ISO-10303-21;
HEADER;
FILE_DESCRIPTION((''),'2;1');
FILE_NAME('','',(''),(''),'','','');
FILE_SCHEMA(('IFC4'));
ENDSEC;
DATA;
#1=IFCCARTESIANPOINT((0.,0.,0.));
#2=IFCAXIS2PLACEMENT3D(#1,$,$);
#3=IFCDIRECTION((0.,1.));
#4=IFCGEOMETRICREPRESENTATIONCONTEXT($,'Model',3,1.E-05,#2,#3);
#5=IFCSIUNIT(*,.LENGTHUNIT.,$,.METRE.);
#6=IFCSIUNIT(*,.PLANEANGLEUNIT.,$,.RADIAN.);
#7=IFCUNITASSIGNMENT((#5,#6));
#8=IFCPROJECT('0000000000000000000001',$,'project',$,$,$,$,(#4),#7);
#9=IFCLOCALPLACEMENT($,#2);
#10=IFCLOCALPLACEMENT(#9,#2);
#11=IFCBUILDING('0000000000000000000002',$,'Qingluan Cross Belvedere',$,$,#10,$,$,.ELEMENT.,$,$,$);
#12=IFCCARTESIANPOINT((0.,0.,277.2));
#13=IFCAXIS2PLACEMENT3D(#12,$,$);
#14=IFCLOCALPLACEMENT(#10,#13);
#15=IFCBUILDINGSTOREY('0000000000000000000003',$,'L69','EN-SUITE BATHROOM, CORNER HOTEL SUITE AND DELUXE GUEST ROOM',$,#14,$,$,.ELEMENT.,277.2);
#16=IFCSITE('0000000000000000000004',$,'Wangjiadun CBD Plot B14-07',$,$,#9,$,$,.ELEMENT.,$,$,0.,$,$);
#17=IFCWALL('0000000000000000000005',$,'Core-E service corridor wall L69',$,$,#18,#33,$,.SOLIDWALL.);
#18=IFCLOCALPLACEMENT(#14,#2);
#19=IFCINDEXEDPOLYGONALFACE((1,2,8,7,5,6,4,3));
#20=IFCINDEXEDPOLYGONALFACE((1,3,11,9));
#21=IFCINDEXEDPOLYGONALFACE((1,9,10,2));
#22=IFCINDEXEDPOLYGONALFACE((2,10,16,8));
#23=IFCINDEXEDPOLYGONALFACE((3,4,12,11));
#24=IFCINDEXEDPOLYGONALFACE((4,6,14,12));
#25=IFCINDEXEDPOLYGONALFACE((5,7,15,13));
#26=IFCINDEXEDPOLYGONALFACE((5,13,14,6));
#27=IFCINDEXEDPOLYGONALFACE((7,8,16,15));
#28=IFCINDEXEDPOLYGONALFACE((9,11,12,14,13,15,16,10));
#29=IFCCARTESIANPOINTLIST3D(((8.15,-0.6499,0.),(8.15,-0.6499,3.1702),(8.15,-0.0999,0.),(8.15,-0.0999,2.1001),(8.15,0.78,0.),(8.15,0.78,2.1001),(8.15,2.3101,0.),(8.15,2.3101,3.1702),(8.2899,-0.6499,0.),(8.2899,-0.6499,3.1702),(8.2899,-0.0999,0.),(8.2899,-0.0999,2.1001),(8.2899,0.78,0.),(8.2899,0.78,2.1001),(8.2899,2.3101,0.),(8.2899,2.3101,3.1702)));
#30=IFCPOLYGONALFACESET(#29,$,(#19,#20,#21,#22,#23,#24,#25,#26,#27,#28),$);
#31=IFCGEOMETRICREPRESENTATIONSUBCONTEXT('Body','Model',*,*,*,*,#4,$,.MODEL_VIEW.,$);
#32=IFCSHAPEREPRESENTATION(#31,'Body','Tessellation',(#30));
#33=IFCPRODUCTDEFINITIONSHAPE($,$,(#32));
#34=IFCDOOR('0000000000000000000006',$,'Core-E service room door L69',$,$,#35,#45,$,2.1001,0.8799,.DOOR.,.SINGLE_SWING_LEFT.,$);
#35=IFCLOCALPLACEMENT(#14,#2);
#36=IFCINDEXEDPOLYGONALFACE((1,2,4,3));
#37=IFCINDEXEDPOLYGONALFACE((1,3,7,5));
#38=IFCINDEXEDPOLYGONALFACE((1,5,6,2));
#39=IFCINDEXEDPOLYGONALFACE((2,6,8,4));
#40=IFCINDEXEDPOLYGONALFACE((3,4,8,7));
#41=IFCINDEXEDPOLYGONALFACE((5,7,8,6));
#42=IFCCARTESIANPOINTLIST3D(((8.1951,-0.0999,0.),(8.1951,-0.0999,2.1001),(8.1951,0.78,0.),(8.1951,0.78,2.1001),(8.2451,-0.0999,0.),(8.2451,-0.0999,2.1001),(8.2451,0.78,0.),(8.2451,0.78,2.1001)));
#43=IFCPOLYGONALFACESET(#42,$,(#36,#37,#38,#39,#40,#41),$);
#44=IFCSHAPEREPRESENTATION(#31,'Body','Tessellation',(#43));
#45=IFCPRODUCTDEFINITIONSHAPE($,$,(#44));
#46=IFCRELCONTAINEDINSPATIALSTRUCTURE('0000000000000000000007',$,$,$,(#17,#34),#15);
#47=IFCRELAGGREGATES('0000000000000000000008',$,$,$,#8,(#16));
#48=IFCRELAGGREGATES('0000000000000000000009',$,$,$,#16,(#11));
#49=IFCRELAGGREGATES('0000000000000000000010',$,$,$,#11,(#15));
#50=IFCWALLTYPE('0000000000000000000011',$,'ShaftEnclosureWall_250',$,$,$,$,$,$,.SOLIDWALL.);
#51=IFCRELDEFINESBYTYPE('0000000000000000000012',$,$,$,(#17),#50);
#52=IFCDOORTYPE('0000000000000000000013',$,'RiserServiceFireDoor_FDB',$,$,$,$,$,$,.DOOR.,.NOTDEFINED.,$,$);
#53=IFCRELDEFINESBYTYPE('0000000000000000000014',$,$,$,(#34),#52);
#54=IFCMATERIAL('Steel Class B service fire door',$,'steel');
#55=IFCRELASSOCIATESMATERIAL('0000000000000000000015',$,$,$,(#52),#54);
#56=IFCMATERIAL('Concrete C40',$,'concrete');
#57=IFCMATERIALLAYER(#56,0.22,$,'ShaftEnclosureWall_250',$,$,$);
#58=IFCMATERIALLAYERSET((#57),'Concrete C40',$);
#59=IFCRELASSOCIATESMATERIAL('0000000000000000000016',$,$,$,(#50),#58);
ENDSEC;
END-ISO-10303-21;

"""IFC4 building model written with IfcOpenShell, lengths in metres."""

from ifc_helpers import new_model, si_unit, direction, frame, frame_2d, origin, place, context, subcontext, project, spatial, rectangle, extrude, material, layer, layer_set, type_object, element, fill, save


model = new_model("IFC4")

# Units and contexts
model_context = context("Model", 3, precision=1e-05, world=origin(), true_north=direction((0.0, 1.0)))
body_context = subcontext(model_context, "Body", "Model", "MODEL_VIEW")
ifc_project = project(units=[si_unit("LENGTHUNIT", "METRE"), si_unit("PLANEANGLEUNIT", "RADIAN")], contexts=[model_context])

# Site, building, storey
site_placement = place(None, origin())
site = spatial("IfcSite", under=ifc_project, at=site_placement, Name="Wangjiadun CBD Plot B14-07", CompositionType="ELEMENT", RefElevation=0.0)
building_placement = place(site_placement, origin())
building = spatial("IfcBuilding", under=site, at=building_placement, Name="Qingluan Cross Belvedere", CompositionType="ELEMENT")
storey_placement = place(building_placement, frame((0.0, 0.0, 277.2)))
storey = spatial("IfcBuildingStorey", under=building, at=storey_placement, Name="L69", Description="EN-SUITE BATHROOM, CORNER HOTEL SUITE AND DELUXE GUEST ROOM", CompositionType="ELEMENT", Elevation=277.2)

# Shared definitions
ifc_material_1 = material(Name="Steel Class B service fire door", Category="steel")
door_type_1 = type_object("IfcDoorType", Name="RiserServiceFireDoor_FDB", OperationType="NOTDEFINED", PredefinedType="DOOR", material=ifc_material_1)

# Shared definitions
ifc_material_2 = material(Name="Concrete C40", Category="concrete")
ifc_layer_1 = layer(ifc_material_2, 0.22, Name="ShaftEnclosureWall_250")
ifc_layer_set_1 = layer_set([ifc_layer_1], Name="Concrete C40")
wall_type_1 = type_object("IfcWallType", Name="ShaftEnclosureWall_250", PredefinedType="SOLIDWALL", material=ifc_layer_set_1)

# Wall, opening, door
wall_1_placement = place(storey_placement, frame((8.22, -0.6499, 0.0), z_axis=(0.0, 0.0, 1.0), x_axis=(0.0, 1.0, 0.0)))
wall_1 = element("IfcWall", 1, at=wall_1_placement, inside=storey, type_object=wall_type_1, Name="Core-E service corridor wall L69", PredefinedType="SOLIDWALL", context=body_context, shape_type="SweptSolid", body=[
    extrude(rectangle(XDim=2.96, YDim=0.1399, at=frame_2d((1.48, 0.0))), origin(), (0.0, 0.0, 1.0), 3.1702),
])
opening_1_placement = place(wall_1_placement, frame((0.55, 0.0, 0.0)))
opening_1 = element("IfcOpeningElement", 2, at=opening_1_placement, cuts=wall_1, PredefinedType="OPENING", context=body_context, shape_type="SweptSolid", body=[
    extrude(rectangle(XDim=0.8799, YDim=2.1001, at=frame_2d((0.4399, 1.05))), frame((0.0, 0.0798, 0.0), z_axis=(0.0, -1.0, 0.0), x_axis=(1.0, 0.0, 0.0)), (0.0, 0.0, 1.0), 0.1599),
])
door_1_placement = place(opening_1_placement, origin())
door_1 = element("IfcDoor", 3, at=door_1_placement, inside=storey, type_object=door_type_1, Name="Core-E service room door L69", OperationType="SINGLE_SWING_LEFT", OverallHeight=2.1001, OverallWidth=0.8799, PredefinedType="DOOR", context=body_context, shape_type="SweptSolid", body=[
    extrude(rectangle(XDim=0.8799, YDim=2.1001, at=frame_2d((0.4399, 1.05))), frame((0.0, 0.0249, 0.0), z_axis=(0.0, -1.0, 0.0), x_axis=(1.0, 0.0, 0.0)), (0.0, 0.0, 1.0), 0.05),
])
fill(opening_1, door_1)

save(model, "model.ifc")
